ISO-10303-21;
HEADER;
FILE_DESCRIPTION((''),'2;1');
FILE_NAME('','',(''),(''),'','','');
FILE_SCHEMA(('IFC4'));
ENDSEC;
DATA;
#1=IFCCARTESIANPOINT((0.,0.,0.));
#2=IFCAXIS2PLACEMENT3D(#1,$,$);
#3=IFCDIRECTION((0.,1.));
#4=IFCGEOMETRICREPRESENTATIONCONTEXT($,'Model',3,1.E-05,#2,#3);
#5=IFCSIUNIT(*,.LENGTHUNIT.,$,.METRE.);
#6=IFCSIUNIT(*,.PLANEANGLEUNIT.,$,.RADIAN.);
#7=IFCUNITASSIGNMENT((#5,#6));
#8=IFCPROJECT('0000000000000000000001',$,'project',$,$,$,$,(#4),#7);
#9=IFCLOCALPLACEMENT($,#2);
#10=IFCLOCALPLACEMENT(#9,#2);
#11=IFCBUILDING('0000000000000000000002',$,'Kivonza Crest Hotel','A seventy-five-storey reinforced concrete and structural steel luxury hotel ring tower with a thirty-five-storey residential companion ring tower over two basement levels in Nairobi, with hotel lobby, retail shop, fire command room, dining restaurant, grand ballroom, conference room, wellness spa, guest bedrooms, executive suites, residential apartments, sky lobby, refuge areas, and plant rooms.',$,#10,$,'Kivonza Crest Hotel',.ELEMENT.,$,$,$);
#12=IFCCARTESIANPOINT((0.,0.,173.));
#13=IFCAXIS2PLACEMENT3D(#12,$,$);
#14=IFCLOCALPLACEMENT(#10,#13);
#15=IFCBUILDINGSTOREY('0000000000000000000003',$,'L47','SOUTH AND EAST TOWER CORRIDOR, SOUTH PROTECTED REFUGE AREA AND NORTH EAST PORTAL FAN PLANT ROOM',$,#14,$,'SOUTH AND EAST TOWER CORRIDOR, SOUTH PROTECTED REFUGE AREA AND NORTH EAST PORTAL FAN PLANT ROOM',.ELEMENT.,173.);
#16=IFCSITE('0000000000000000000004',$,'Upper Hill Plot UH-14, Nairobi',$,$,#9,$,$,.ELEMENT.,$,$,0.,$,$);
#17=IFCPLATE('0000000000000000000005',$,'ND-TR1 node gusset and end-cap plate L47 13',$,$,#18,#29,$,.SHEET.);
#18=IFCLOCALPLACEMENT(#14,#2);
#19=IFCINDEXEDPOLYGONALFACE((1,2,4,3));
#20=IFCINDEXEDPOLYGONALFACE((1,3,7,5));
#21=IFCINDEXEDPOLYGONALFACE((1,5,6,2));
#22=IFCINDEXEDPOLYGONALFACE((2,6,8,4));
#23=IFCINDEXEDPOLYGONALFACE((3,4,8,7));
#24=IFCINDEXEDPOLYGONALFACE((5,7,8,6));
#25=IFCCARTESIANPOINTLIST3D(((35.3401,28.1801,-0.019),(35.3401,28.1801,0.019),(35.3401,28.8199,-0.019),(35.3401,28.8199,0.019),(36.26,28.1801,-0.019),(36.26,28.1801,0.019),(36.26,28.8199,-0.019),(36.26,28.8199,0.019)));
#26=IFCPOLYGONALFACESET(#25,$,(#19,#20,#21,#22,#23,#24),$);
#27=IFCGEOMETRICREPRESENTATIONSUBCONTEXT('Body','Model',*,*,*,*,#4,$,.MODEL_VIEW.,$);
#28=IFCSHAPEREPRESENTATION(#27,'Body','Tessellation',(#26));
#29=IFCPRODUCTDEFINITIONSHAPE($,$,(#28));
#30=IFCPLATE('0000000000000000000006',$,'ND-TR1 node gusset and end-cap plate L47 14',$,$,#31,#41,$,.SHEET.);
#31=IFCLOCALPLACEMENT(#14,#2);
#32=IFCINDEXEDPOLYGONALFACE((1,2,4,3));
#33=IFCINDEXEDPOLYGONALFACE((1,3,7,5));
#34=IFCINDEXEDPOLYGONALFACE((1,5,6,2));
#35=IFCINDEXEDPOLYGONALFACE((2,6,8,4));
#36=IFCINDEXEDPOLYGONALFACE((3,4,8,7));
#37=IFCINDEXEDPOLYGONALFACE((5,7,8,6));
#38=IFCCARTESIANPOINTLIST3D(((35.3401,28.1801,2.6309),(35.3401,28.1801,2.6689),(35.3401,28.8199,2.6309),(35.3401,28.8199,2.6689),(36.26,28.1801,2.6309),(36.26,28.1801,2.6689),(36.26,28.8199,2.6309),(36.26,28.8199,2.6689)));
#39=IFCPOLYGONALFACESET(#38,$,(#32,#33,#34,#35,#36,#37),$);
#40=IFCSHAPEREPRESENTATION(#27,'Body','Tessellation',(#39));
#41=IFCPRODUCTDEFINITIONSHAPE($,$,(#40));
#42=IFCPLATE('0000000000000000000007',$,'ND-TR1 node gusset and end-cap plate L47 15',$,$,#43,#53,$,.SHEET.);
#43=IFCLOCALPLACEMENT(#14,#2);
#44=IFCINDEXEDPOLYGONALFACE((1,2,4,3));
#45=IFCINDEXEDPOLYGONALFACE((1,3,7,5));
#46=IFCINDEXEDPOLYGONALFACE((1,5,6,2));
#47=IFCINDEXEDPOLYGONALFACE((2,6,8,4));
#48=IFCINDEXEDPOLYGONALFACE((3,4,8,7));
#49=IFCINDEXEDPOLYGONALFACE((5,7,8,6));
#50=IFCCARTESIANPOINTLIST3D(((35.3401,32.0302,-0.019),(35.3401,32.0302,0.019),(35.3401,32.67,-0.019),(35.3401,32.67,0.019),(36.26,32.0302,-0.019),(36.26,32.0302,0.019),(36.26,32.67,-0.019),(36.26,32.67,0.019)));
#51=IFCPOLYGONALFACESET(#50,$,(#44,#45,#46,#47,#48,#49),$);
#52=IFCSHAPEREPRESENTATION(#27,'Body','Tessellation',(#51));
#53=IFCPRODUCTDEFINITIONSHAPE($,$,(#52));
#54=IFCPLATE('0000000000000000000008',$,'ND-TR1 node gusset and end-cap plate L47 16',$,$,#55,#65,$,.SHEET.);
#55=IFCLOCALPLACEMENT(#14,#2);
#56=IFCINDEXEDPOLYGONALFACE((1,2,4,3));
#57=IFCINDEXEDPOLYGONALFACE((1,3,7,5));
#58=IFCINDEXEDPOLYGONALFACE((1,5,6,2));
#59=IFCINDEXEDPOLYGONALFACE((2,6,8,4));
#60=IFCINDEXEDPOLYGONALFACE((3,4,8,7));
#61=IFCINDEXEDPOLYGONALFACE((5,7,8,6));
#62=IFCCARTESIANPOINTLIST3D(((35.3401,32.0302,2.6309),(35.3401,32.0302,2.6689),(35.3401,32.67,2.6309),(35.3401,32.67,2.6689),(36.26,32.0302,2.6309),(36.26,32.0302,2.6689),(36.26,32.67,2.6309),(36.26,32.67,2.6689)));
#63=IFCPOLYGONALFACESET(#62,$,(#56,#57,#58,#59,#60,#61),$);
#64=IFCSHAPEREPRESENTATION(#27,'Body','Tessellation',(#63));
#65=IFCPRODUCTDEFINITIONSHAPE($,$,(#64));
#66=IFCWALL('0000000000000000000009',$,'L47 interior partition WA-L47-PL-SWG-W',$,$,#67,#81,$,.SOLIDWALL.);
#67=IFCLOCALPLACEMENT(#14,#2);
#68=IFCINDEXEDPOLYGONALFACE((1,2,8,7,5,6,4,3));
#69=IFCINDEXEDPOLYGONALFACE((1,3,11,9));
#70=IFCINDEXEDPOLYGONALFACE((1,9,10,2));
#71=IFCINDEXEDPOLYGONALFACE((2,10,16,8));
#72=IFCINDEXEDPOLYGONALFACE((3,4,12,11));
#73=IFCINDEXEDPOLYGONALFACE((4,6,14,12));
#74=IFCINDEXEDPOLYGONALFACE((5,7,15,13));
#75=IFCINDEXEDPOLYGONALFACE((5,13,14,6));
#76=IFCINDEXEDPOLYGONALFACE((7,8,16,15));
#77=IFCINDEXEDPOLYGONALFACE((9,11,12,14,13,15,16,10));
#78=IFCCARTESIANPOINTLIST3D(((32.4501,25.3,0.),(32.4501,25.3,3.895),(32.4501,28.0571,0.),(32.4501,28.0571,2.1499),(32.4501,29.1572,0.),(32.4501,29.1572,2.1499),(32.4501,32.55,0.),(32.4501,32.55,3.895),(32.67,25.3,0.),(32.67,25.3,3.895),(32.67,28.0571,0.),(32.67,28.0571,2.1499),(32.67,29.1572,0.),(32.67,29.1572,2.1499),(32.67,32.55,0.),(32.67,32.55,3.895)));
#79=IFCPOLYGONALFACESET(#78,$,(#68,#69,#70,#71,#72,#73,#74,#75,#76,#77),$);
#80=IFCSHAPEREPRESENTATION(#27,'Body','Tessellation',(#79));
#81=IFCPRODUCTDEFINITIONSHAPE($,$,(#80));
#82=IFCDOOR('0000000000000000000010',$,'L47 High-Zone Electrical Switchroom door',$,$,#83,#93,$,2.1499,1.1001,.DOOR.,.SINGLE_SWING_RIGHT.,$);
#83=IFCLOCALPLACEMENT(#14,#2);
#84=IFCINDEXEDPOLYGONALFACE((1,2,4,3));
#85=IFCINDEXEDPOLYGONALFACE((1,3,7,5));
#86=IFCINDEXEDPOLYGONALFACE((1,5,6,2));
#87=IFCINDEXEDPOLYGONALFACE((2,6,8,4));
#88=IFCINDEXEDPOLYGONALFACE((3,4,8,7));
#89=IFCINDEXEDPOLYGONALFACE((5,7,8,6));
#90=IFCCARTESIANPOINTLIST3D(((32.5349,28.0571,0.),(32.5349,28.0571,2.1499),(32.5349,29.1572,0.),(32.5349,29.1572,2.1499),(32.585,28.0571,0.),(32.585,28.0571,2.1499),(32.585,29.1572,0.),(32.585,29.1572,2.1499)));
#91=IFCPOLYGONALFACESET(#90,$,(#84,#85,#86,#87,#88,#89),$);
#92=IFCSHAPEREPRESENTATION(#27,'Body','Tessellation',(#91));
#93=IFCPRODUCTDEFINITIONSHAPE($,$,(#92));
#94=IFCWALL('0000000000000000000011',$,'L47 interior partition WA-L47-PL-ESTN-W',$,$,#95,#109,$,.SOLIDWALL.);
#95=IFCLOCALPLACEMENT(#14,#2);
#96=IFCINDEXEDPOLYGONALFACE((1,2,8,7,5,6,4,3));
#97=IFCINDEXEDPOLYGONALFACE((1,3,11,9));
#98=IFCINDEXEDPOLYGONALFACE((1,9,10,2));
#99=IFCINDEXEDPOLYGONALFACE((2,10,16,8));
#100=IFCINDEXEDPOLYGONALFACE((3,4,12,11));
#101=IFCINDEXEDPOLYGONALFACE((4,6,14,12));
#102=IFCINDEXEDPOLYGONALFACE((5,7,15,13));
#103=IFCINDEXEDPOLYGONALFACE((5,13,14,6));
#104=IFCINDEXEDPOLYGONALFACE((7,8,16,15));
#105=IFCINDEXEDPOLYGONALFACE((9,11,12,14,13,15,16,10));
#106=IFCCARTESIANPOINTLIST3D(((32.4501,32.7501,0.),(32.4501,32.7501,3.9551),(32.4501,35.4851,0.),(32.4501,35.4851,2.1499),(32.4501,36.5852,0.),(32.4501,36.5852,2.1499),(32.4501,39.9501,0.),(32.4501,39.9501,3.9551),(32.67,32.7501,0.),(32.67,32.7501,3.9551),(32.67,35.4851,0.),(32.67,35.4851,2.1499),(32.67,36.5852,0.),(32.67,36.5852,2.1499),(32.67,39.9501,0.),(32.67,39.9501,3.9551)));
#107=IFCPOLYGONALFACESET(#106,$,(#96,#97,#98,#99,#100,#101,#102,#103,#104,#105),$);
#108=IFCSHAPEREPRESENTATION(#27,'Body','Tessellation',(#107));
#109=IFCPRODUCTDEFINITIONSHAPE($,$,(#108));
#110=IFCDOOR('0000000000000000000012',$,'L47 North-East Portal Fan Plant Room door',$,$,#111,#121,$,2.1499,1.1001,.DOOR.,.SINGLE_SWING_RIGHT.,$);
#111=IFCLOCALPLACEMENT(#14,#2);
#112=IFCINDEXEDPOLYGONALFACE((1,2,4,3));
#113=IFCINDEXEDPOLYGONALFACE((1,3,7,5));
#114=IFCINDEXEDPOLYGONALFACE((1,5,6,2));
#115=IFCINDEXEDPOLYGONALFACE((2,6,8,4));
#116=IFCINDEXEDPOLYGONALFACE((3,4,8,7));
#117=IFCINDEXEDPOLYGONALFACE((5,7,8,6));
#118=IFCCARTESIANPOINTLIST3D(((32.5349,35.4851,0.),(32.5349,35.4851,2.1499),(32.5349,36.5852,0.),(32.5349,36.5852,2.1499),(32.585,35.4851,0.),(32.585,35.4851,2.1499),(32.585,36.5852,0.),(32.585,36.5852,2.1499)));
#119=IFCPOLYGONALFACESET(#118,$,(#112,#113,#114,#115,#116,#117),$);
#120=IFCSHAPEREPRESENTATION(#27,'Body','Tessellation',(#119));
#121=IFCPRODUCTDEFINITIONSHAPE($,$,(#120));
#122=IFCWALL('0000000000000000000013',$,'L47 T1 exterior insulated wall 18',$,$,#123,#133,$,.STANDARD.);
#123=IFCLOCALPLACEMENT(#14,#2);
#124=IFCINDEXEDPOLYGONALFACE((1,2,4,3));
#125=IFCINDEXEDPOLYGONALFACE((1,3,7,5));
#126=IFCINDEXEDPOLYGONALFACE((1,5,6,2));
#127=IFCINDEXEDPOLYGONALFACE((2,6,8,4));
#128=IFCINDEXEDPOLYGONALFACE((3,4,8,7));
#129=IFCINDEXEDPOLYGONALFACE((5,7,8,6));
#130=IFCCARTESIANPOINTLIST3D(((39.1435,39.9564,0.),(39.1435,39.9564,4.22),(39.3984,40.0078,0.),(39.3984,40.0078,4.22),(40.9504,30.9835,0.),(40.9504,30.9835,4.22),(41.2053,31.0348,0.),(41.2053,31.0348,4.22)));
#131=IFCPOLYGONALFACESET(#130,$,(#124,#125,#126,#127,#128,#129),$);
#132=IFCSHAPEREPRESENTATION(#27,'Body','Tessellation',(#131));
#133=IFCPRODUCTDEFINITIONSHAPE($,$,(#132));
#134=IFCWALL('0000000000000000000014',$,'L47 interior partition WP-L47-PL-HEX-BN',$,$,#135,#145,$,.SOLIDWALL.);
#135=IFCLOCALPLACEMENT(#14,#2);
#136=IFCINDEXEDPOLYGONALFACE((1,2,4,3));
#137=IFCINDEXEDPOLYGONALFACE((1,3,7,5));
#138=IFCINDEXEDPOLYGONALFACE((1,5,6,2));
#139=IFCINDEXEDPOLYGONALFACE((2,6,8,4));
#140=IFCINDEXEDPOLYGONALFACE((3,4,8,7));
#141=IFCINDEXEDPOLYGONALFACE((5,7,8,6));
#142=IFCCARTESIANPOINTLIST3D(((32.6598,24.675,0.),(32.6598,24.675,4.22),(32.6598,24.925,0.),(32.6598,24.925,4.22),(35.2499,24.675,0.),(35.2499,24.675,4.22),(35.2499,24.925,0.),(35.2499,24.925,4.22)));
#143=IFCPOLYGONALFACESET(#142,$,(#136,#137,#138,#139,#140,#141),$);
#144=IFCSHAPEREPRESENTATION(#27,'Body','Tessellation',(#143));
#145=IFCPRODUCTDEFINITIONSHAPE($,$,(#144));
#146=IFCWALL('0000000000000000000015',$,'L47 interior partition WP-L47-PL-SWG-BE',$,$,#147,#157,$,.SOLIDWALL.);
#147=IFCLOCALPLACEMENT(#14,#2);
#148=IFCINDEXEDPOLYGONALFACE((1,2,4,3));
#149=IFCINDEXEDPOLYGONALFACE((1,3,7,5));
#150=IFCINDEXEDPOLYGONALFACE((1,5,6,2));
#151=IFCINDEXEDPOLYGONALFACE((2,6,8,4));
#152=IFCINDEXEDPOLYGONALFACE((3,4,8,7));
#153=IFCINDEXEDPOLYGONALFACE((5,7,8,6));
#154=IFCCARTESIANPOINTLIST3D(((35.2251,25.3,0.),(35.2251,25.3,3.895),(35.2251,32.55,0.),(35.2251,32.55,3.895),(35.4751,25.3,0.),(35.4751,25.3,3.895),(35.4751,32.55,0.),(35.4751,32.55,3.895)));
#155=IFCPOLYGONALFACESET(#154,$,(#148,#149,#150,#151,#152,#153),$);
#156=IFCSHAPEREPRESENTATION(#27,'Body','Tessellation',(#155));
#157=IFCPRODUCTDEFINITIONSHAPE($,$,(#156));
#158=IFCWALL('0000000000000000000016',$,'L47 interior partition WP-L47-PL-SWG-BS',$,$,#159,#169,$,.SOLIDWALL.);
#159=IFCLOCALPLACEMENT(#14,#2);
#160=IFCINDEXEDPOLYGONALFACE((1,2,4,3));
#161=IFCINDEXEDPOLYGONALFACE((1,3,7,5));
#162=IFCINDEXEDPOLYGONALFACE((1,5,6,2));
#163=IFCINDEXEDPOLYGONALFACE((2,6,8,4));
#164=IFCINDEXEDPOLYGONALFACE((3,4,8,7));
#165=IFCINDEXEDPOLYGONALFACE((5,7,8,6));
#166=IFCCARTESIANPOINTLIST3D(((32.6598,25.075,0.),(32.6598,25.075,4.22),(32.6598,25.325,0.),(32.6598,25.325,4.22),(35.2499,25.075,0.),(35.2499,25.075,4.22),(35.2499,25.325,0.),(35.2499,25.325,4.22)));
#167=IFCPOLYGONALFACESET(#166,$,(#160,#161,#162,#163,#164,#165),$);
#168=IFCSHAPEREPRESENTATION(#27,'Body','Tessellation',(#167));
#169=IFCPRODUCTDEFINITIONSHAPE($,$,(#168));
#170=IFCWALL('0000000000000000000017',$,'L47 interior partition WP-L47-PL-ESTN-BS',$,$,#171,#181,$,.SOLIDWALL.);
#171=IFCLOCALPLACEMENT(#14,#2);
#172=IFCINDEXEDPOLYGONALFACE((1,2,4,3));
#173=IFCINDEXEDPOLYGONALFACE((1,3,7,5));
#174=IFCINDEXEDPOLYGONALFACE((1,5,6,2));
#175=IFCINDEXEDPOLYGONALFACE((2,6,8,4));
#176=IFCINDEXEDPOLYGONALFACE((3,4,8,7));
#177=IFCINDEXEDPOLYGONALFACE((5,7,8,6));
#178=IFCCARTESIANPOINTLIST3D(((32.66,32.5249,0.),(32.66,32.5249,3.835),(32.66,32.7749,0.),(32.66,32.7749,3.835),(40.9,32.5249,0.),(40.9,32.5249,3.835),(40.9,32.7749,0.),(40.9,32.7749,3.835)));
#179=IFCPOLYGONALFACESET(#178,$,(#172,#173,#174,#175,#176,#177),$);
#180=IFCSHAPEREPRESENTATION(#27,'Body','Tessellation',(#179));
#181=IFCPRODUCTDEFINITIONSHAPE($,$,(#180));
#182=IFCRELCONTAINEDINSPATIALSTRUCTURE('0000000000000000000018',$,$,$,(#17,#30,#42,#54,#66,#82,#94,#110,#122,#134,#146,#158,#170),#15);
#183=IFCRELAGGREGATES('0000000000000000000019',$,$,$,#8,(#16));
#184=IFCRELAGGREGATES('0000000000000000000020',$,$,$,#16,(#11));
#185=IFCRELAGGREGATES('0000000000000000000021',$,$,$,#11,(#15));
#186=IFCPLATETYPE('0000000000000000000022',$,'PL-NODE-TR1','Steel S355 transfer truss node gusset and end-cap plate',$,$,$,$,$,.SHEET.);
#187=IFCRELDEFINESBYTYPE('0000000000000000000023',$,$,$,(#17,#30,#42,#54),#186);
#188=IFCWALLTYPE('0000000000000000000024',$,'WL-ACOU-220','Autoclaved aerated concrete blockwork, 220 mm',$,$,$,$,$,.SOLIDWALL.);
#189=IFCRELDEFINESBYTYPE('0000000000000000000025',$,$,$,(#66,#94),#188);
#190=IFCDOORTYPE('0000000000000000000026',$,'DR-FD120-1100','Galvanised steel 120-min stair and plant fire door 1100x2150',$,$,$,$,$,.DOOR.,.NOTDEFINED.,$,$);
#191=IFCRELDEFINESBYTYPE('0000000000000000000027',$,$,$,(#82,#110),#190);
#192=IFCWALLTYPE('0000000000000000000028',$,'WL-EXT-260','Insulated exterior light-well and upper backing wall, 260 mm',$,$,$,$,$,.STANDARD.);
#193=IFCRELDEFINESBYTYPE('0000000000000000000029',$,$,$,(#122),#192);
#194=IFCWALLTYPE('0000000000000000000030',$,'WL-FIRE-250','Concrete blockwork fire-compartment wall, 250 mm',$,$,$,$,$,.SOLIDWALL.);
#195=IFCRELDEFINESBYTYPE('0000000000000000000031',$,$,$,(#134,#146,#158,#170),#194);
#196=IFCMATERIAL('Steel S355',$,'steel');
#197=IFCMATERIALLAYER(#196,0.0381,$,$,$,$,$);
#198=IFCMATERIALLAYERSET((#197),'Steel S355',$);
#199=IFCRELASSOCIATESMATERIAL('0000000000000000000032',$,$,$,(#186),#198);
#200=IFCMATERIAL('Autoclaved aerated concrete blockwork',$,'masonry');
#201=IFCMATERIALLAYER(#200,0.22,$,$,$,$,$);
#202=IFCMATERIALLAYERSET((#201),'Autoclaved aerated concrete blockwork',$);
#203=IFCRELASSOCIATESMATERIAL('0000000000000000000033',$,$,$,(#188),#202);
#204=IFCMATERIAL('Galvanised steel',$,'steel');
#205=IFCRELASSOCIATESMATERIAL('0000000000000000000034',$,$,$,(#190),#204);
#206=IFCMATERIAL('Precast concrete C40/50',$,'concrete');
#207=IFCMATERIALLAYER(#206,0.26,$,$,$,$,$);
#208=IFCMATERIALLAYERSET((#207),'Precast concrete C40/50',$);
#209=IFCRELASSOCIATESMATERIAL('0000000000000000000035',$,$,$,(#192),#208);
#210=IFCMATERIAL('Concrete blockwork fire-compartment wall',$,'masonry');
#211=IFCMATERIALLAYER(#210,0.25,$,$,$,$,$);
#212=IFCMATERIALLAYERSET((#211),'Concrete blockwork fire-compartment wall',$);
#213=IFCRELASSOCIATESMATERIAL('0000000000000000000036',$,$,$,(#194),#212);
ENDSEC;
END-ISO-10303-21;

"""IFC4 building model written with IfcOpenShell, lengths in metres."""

from ifc_helpers import new_model, si_unit, direction, frame, frame_2d, origin, origin_2d, place, context, subcontext, project, spatial, rectangle, extrude, material, layer, layer_set, type_object, element, fill, save


model = new_model("IFC4")

# Units and contexts
model_context = context("Model", 3, precision=1e-05, world=origin(), true_north=direction((0.0, 1.0)))
body_context = subcontext(model_context, "Body", "Model", "MODEL_VIEW")
ifc_project = project(units=[si_unit("LENGTHUNIT", "METRE"), si_unit("PLANEANGLEUNIT", "RADIAN")], contexts=[model_context])

# Site, building, storey
site_placement = place(None, origin())
site = spatial("IfcSite", under=ifc_project, at=site_placement, Name="Upper Hill Plot UH-14, Nairobi", CompositionType="ELEMENT", RefElevation=0.0)
building_placement = place(site_placement, origin())
building = spatial("IfcBuilding", under=site, at=building_placement, Name="Kivonza Crest Hotel", Description="A seventy-five-storey reinforced concrete and structural steel luxury hotel ring tower with a thirty-five-storey residential companion ring tower over two basement levels in Nairobi, with hotel lobby, retail shop, fire command room, dining restaurant, grand ballroom, conference room, wellness spa, guest bedrooms, executive suites, residential apartments, sky lobby, refuge areas, and plant rooms.", LongName="Kivonza Crest Hotel", CompositionType="ELEMENT")
storey_placement = place(building_placement, frame((0.0, 0.0, 173.0)))
storey = spatial("IfcBuildingStorey", under=building, at=storey_placement, Name="L47", Description="SOUTH AND EAST TOWER CORRIDOR, SOUTH PROTECTED REFUGE AREA AND NORTH EAST PORTAL FAN PLANT ROOM", LongName="SOUTH AND EAST TOWER CORRIDOR, SOUTH PROTECTED REFUGE AREA AND NORTH EAST PORTAL FAN PLANT ROOM", CompositionType="ELEMENT", Elevation=173.0)

# Shared definitions
ifc_material_1 = material(Name="Steel S355", Category="steel")

# Plates
ifc_layer_1 = layer(ifc_material_1, 0.0381)
ifc_layer_set_1 = layer_set([ifc_layer_1], Name="Steel S355")
plate_type = type_object("IfcPlateType", Name="PL-NODE-TR1", Description="Steel S355 transfer truss node gusset and end-cap plate", PredefinedType="SHEET", material=ifc_layer_set_1)
for number, where, z_axis, x_axis, name in (
    (1, (35.8, 28.5, -0.019), (0.0, 0.0, 1.0), (1.0, 0.0, 0.0), "ND-TR1 node gusset and end-cap plate L47 13"),
    (2, (35.8, 28.5, 2.6309), (0.0, 0.0, 1.0), (1.0, 0.0, 0.0), "ND-TR1 node gusset and end-cap plate L47 14"),
    (3, (35.8, 32.3501, -0.019), (0.0, 0.0, 1.0), (1.0, 0.0, 0.0), "ND-TR1 node gusset and end-cap plate L47 15"),
    (4, (35.8, 32.3501, 2.6309), (0.0, 0.0, 1.0), (1.0, 0.0, 0.0), "ND-TR1 node gusset and end-cap plate L47 16"),
):
    element("IfcPlate", number, at=place(storey_placement, frame(where, z_axis=z_axis, x_axis=x_axis)), inside=storey, type_object=plate_type, Name=name, PredefinedType="SHEET", context=body_context, shape_type="SweptSolid", body=[
        extrude(rectangle(XDim=0.9199, YDim=0.6399, at=origin_2d()), origin(), (0.0, 0.0, 1.0), 0.0381),
    ])

# Walls, openings, doors
ifc_material_2 = material(Name="Autoclaved aerated concrete blockwork", Category="masonry")
ifc_layer_2 = layer(ifc_material_2, 0.22)
ifc_layer_set_2 = layer_set([ifc_layer_2], Name="Autoclaved aerated concrete blockwork")
wall_type_1 = type_object("IfcWallType", Name="WL-ACOU-220", Description="Autoclaved aerated concrete blockwork, 220 mm", PredefinedType="SOLIDWALL", material=ifc_layer_set_2)
wall_1_placement = place(storey_placement, frame((32.5601, 25.3, 0.0), z_axis=(0.0, 0.0, 1.0), x_axis=(0.0, 1.0, 0.0)))
wall_1 = element("IfcWall", 5, at=wall_1_placement, inside=storey, type_object=wall_type_1, Name="L47 interior partition WA-L47-PL-SWG-W", PredefinedType="SOLIDWALL", context=body_context, shape_type="SweptSolid", body=[
    extrude(rectangle(XDim=7.25, YDim=0.22, at=frame_2d((3.625, 0.0))), origin(), (0.0, 0.0, 1.0), 3.895),
])
opening_1_placement = place(wall_1_placement, frame((2.7571, 0.0, 0.0)))
opening_1 = element("IfcOpeningElement", 6, at=opening_1_placement, cuts=wall_1, PredefinedType="OPENING", context=body_context, shape_type="SweptSolid", body=[
    extrude(rectangle(XDim=1.1001, YDim=2.1499, at=frame_2d((0.55, 1.075))), frame((0.0, 0.1201, 0.0), z_axis=(0.0, -1.0, 0.0), x_axis=(1.0, 0.0, 0.0)), (0.0, 0.0, 1.0), 0.24),
])
ifc_material_3 = material(Name="Galvanised steel", Category="steel")
door_type = type_object("IfcDoorType", Name="DR-FD120-1100", Description="Galvanised steel 120-min stair and plant fire door 1100x2150", OperationType="NOTDEFINED", PredefinedType="DOOR", material=ifc_material_3)
door_1_placement = place(opening_1_placement, frame((1.1001, 0.0, 0.0), z_axis=(0.0, 0.0, 1.0), x_axis=(-1.0, 0.0, 0.0)))
door_1 = element("IfcDoor", 7, at=door_1_placement, inside=storey, type_object=door_type, Name="L47 High-Zone Electrical Switchroom door", OperationType="SINGLE_SWING_RIGHT", OverallHeight=2.1499, OverallWidth=1.1001, PredefinedType="DOOR", context=body_context, shape_type="SweptSolid", body=[
    extrude(rectangle(XDim=1.1001, YDim=2.1499, at=frame_2d((0.55, 1.075))), frame((0.0, 0.0249, 0.0), z_axis=(0.0, -1.0, 0.0), x_axis=(1.0, 0.0, 0.0)), (0.0, 0.0, 1.0), 0.05),
])
fill(opening_1, door_1)
wall_2_placement = place(storey_placement, frame((32.5601, 32.75, 0.0), z_axis=(0.0, 0.0, 1.0), x_axis=(0.0, 1.0, 0.0)))
wall_2 = element("IfcWall", 8, at=wall_2_placement, inside=storey, type_object=wall_type_1, Name="L47 interior partition WA-L47-PL-ESTN-W", PredefinedType="SOLIDWALL", context=body_context, shape_type="SweptSolid", body=[
    extrude(rectangle(XDim=7.2, YDim=0.22, at=frame_2d((3.6001, 0.0))), origin(), (0.0, 0.0, 1.0), 3.9551),
])
opening_2_placement = place(wall_2_placement, frame((2.7351, 0.0, 0.0)))
opening_2 = element("IfcOpeningElement", 9, at=opening_2_placement, cuts=wall_2, PredefinedType="OPENING", context=body_context, shape_type="SweptSolid", body=[
    extrude(rectangle(XDim=1.1001, YDim=2.1499, at=frame_2d((0.55, 1.075))), frame((0.0, 0.1201, 0.0), z_axis=(0.0, -1.0, 0.0), x_axis=(1.0, 0.0, 0.0)), (0.0, 0.0, 1.0), 0.24),
])
door_2_placement = place(opening_2_placement, frame((1.1001, 0.0, 0.0), z_axis=(0.0, 0.0, 1.0), x_axis=(-1.0, 0.0, 0.0)))
door_2 = element("IfcDoor", 10, at=door_2_placement, inside=storey, type_object=door_type, Name="L47 North-East Portal Fan Plant Room door", OperationType="SINGLE_SWING_RIGHT", OverallHeight=2.1499, OverallWidth=1.1001, PredefinedType="DOOR", context=body_context, shape_type="SweptSolid", body=[
    extrude(rectangle(XDim=1.1001, YDim=2.1499, at=frame_2d((0.55, 1.075))), frame((0.0, 0.0249, 0.0), z_axis=(0.0, -1.0, 0.0), x_axis=(1.0, 0.0, 0.0)), (0.0, 0.0, 1.0), 0.05),
])
fill(opening_2, door_2)

# Walls
ifc_material_4 = material(Name="Precast concrete C40/50", Category="concrete")
ifc_layer_3 = layer(ifc_material_4, 0.26)
ifc_layer_set_3 = layer_set([ifc_layer_3], Name="Precast concrete C40/50")
wall_type_2 = type_object("IfcWallType", Name="WL-EXT-260", Description="Insulated exterior light-well and upper backing wall, 260 mm", PredefinedType="STANDARD", material=ifc_layer_set_3)
wall_3_placement = place(storey_placement, frame((41.0779, 31.009, 0.0), z_axis=(0.0, 0.0, 1.0), x_axis=(-0.197409, 0.980321, 0.0)))
element("IfcWall", 11, at=wall_3_placement, inside=storey, type_object=wall_type_2, Name="L47 T1 exterior insulated wall 18", PredefinedType="STANDARD", context=body_context, shape_type="SweptSolid", body=[
    extrude(rectangle(XDim=9.1531, YDim=0.26, at=frame_2d((4.5767, 0.0))), origin(), (0.0, 0.0, 1.0), 4.22),
])
ifc_material_5 = material(Name="Concrete blockwork fire-compartment wall", Category="masonry")
ifc_layer_4 = layer(ifc_material_5, 0.25)
ifc_layer_set_4 = layer_set([ifc_layer_4], Name="Concrete blockwork fire-compartment wall")
wall_type_3 = type_object("IfcWallType", Name="WL-FIRE-250", Description="Concrete blockwork fire-compartment wall, 250 mm", PredefinedType="SOLIDWALL", material=ifc_layer_set_4)
wall_4_placement = place(storey_placement, frame((32.6599, 24.8, 0.0), z_axis=(0.0, 0.0, 1.0), x_axis=(1.0, 0.0, 0.0)))
element("IfcWall", 12, at=wall_4_placement, inside=storey, type_object=wall_type_3, Name="L47 interior partition WP-L47-PL-HEX-BN", PredefinedType="SOLIDWALL", context=body_context, shape_type="SweptSolid", body=[
    extrude(rectangle(XDim=2.5901, YDim=0.25, at=frame_2d((1.2949, 0.0))), origin(), (0.0, 0.0, 1.0), 4.22),
])
wall_5_placement = place(storey_placement, frame((35.3501, 25.3, 0.0), z_axis=(0.0, 0.0, 1.0), x_axis=(0.0, 1.0, 0.0)))
element("IfcWall", 13, at=wall_5_placement, inside=storey, type_object=wall_type_3, Name="L47 interior partition WP-L47-PL-SWG-BE", PredefinedType="SOLIDWALL", context=body_context, shape_type="SweptSolid", body=[
    extrude(rectangle(XDim=7.25, YDim=0.25, at=frame_2d((3.625, 0.0))), origin(), (0.0, 0.0, 1.0), 3.895),
])
wall_6_placement = place(storey_placement, frame((32.6599, 25.2, 0.0), z_axis=(0.0, 0.0, 1.0), x_axis=(1.0, 0.0, 0.0)))
element("IfcWall", 14, at=wall_6_placement, inside=storey, type_object=wall_type_3, Name="L47 interior partition WP-L47-PL-SWG-BS", PredefinedType="SOLIDWALL", context=body_context, shape_type="SweptSolid", body=[
    extrude(rectangle(XDim=2.5901, YDim=0.25, at=frame_2d((1.2949, 0.0))), origin(), (0.0, 0.0, 1.0), 4.22),
])
wall_7_placement = place(storey_placement, frame((32.6599, 32.6499, 0.0), z_axis=(0.0, 0.0, 1.0), x_axis=(1.0, 0.0, 0.0)))
element("IfcWall", 15, at=wall_7_placement, inside=storey, type_object=wall_type_3, Name="L47 interior partition WP-L47-PL-ESTN-BS", PredefinedType="SOLIDWALL", context=body_context, shape_type="SweptSolid", body=[
    extrude(rectangle(XDim=8.24, YDim=0.25, at=frame_2d((4.1201, 0.0))), origin(), (0.0, 0.0, 1.0), 3.835),
])

save(model, "model.ifc")
